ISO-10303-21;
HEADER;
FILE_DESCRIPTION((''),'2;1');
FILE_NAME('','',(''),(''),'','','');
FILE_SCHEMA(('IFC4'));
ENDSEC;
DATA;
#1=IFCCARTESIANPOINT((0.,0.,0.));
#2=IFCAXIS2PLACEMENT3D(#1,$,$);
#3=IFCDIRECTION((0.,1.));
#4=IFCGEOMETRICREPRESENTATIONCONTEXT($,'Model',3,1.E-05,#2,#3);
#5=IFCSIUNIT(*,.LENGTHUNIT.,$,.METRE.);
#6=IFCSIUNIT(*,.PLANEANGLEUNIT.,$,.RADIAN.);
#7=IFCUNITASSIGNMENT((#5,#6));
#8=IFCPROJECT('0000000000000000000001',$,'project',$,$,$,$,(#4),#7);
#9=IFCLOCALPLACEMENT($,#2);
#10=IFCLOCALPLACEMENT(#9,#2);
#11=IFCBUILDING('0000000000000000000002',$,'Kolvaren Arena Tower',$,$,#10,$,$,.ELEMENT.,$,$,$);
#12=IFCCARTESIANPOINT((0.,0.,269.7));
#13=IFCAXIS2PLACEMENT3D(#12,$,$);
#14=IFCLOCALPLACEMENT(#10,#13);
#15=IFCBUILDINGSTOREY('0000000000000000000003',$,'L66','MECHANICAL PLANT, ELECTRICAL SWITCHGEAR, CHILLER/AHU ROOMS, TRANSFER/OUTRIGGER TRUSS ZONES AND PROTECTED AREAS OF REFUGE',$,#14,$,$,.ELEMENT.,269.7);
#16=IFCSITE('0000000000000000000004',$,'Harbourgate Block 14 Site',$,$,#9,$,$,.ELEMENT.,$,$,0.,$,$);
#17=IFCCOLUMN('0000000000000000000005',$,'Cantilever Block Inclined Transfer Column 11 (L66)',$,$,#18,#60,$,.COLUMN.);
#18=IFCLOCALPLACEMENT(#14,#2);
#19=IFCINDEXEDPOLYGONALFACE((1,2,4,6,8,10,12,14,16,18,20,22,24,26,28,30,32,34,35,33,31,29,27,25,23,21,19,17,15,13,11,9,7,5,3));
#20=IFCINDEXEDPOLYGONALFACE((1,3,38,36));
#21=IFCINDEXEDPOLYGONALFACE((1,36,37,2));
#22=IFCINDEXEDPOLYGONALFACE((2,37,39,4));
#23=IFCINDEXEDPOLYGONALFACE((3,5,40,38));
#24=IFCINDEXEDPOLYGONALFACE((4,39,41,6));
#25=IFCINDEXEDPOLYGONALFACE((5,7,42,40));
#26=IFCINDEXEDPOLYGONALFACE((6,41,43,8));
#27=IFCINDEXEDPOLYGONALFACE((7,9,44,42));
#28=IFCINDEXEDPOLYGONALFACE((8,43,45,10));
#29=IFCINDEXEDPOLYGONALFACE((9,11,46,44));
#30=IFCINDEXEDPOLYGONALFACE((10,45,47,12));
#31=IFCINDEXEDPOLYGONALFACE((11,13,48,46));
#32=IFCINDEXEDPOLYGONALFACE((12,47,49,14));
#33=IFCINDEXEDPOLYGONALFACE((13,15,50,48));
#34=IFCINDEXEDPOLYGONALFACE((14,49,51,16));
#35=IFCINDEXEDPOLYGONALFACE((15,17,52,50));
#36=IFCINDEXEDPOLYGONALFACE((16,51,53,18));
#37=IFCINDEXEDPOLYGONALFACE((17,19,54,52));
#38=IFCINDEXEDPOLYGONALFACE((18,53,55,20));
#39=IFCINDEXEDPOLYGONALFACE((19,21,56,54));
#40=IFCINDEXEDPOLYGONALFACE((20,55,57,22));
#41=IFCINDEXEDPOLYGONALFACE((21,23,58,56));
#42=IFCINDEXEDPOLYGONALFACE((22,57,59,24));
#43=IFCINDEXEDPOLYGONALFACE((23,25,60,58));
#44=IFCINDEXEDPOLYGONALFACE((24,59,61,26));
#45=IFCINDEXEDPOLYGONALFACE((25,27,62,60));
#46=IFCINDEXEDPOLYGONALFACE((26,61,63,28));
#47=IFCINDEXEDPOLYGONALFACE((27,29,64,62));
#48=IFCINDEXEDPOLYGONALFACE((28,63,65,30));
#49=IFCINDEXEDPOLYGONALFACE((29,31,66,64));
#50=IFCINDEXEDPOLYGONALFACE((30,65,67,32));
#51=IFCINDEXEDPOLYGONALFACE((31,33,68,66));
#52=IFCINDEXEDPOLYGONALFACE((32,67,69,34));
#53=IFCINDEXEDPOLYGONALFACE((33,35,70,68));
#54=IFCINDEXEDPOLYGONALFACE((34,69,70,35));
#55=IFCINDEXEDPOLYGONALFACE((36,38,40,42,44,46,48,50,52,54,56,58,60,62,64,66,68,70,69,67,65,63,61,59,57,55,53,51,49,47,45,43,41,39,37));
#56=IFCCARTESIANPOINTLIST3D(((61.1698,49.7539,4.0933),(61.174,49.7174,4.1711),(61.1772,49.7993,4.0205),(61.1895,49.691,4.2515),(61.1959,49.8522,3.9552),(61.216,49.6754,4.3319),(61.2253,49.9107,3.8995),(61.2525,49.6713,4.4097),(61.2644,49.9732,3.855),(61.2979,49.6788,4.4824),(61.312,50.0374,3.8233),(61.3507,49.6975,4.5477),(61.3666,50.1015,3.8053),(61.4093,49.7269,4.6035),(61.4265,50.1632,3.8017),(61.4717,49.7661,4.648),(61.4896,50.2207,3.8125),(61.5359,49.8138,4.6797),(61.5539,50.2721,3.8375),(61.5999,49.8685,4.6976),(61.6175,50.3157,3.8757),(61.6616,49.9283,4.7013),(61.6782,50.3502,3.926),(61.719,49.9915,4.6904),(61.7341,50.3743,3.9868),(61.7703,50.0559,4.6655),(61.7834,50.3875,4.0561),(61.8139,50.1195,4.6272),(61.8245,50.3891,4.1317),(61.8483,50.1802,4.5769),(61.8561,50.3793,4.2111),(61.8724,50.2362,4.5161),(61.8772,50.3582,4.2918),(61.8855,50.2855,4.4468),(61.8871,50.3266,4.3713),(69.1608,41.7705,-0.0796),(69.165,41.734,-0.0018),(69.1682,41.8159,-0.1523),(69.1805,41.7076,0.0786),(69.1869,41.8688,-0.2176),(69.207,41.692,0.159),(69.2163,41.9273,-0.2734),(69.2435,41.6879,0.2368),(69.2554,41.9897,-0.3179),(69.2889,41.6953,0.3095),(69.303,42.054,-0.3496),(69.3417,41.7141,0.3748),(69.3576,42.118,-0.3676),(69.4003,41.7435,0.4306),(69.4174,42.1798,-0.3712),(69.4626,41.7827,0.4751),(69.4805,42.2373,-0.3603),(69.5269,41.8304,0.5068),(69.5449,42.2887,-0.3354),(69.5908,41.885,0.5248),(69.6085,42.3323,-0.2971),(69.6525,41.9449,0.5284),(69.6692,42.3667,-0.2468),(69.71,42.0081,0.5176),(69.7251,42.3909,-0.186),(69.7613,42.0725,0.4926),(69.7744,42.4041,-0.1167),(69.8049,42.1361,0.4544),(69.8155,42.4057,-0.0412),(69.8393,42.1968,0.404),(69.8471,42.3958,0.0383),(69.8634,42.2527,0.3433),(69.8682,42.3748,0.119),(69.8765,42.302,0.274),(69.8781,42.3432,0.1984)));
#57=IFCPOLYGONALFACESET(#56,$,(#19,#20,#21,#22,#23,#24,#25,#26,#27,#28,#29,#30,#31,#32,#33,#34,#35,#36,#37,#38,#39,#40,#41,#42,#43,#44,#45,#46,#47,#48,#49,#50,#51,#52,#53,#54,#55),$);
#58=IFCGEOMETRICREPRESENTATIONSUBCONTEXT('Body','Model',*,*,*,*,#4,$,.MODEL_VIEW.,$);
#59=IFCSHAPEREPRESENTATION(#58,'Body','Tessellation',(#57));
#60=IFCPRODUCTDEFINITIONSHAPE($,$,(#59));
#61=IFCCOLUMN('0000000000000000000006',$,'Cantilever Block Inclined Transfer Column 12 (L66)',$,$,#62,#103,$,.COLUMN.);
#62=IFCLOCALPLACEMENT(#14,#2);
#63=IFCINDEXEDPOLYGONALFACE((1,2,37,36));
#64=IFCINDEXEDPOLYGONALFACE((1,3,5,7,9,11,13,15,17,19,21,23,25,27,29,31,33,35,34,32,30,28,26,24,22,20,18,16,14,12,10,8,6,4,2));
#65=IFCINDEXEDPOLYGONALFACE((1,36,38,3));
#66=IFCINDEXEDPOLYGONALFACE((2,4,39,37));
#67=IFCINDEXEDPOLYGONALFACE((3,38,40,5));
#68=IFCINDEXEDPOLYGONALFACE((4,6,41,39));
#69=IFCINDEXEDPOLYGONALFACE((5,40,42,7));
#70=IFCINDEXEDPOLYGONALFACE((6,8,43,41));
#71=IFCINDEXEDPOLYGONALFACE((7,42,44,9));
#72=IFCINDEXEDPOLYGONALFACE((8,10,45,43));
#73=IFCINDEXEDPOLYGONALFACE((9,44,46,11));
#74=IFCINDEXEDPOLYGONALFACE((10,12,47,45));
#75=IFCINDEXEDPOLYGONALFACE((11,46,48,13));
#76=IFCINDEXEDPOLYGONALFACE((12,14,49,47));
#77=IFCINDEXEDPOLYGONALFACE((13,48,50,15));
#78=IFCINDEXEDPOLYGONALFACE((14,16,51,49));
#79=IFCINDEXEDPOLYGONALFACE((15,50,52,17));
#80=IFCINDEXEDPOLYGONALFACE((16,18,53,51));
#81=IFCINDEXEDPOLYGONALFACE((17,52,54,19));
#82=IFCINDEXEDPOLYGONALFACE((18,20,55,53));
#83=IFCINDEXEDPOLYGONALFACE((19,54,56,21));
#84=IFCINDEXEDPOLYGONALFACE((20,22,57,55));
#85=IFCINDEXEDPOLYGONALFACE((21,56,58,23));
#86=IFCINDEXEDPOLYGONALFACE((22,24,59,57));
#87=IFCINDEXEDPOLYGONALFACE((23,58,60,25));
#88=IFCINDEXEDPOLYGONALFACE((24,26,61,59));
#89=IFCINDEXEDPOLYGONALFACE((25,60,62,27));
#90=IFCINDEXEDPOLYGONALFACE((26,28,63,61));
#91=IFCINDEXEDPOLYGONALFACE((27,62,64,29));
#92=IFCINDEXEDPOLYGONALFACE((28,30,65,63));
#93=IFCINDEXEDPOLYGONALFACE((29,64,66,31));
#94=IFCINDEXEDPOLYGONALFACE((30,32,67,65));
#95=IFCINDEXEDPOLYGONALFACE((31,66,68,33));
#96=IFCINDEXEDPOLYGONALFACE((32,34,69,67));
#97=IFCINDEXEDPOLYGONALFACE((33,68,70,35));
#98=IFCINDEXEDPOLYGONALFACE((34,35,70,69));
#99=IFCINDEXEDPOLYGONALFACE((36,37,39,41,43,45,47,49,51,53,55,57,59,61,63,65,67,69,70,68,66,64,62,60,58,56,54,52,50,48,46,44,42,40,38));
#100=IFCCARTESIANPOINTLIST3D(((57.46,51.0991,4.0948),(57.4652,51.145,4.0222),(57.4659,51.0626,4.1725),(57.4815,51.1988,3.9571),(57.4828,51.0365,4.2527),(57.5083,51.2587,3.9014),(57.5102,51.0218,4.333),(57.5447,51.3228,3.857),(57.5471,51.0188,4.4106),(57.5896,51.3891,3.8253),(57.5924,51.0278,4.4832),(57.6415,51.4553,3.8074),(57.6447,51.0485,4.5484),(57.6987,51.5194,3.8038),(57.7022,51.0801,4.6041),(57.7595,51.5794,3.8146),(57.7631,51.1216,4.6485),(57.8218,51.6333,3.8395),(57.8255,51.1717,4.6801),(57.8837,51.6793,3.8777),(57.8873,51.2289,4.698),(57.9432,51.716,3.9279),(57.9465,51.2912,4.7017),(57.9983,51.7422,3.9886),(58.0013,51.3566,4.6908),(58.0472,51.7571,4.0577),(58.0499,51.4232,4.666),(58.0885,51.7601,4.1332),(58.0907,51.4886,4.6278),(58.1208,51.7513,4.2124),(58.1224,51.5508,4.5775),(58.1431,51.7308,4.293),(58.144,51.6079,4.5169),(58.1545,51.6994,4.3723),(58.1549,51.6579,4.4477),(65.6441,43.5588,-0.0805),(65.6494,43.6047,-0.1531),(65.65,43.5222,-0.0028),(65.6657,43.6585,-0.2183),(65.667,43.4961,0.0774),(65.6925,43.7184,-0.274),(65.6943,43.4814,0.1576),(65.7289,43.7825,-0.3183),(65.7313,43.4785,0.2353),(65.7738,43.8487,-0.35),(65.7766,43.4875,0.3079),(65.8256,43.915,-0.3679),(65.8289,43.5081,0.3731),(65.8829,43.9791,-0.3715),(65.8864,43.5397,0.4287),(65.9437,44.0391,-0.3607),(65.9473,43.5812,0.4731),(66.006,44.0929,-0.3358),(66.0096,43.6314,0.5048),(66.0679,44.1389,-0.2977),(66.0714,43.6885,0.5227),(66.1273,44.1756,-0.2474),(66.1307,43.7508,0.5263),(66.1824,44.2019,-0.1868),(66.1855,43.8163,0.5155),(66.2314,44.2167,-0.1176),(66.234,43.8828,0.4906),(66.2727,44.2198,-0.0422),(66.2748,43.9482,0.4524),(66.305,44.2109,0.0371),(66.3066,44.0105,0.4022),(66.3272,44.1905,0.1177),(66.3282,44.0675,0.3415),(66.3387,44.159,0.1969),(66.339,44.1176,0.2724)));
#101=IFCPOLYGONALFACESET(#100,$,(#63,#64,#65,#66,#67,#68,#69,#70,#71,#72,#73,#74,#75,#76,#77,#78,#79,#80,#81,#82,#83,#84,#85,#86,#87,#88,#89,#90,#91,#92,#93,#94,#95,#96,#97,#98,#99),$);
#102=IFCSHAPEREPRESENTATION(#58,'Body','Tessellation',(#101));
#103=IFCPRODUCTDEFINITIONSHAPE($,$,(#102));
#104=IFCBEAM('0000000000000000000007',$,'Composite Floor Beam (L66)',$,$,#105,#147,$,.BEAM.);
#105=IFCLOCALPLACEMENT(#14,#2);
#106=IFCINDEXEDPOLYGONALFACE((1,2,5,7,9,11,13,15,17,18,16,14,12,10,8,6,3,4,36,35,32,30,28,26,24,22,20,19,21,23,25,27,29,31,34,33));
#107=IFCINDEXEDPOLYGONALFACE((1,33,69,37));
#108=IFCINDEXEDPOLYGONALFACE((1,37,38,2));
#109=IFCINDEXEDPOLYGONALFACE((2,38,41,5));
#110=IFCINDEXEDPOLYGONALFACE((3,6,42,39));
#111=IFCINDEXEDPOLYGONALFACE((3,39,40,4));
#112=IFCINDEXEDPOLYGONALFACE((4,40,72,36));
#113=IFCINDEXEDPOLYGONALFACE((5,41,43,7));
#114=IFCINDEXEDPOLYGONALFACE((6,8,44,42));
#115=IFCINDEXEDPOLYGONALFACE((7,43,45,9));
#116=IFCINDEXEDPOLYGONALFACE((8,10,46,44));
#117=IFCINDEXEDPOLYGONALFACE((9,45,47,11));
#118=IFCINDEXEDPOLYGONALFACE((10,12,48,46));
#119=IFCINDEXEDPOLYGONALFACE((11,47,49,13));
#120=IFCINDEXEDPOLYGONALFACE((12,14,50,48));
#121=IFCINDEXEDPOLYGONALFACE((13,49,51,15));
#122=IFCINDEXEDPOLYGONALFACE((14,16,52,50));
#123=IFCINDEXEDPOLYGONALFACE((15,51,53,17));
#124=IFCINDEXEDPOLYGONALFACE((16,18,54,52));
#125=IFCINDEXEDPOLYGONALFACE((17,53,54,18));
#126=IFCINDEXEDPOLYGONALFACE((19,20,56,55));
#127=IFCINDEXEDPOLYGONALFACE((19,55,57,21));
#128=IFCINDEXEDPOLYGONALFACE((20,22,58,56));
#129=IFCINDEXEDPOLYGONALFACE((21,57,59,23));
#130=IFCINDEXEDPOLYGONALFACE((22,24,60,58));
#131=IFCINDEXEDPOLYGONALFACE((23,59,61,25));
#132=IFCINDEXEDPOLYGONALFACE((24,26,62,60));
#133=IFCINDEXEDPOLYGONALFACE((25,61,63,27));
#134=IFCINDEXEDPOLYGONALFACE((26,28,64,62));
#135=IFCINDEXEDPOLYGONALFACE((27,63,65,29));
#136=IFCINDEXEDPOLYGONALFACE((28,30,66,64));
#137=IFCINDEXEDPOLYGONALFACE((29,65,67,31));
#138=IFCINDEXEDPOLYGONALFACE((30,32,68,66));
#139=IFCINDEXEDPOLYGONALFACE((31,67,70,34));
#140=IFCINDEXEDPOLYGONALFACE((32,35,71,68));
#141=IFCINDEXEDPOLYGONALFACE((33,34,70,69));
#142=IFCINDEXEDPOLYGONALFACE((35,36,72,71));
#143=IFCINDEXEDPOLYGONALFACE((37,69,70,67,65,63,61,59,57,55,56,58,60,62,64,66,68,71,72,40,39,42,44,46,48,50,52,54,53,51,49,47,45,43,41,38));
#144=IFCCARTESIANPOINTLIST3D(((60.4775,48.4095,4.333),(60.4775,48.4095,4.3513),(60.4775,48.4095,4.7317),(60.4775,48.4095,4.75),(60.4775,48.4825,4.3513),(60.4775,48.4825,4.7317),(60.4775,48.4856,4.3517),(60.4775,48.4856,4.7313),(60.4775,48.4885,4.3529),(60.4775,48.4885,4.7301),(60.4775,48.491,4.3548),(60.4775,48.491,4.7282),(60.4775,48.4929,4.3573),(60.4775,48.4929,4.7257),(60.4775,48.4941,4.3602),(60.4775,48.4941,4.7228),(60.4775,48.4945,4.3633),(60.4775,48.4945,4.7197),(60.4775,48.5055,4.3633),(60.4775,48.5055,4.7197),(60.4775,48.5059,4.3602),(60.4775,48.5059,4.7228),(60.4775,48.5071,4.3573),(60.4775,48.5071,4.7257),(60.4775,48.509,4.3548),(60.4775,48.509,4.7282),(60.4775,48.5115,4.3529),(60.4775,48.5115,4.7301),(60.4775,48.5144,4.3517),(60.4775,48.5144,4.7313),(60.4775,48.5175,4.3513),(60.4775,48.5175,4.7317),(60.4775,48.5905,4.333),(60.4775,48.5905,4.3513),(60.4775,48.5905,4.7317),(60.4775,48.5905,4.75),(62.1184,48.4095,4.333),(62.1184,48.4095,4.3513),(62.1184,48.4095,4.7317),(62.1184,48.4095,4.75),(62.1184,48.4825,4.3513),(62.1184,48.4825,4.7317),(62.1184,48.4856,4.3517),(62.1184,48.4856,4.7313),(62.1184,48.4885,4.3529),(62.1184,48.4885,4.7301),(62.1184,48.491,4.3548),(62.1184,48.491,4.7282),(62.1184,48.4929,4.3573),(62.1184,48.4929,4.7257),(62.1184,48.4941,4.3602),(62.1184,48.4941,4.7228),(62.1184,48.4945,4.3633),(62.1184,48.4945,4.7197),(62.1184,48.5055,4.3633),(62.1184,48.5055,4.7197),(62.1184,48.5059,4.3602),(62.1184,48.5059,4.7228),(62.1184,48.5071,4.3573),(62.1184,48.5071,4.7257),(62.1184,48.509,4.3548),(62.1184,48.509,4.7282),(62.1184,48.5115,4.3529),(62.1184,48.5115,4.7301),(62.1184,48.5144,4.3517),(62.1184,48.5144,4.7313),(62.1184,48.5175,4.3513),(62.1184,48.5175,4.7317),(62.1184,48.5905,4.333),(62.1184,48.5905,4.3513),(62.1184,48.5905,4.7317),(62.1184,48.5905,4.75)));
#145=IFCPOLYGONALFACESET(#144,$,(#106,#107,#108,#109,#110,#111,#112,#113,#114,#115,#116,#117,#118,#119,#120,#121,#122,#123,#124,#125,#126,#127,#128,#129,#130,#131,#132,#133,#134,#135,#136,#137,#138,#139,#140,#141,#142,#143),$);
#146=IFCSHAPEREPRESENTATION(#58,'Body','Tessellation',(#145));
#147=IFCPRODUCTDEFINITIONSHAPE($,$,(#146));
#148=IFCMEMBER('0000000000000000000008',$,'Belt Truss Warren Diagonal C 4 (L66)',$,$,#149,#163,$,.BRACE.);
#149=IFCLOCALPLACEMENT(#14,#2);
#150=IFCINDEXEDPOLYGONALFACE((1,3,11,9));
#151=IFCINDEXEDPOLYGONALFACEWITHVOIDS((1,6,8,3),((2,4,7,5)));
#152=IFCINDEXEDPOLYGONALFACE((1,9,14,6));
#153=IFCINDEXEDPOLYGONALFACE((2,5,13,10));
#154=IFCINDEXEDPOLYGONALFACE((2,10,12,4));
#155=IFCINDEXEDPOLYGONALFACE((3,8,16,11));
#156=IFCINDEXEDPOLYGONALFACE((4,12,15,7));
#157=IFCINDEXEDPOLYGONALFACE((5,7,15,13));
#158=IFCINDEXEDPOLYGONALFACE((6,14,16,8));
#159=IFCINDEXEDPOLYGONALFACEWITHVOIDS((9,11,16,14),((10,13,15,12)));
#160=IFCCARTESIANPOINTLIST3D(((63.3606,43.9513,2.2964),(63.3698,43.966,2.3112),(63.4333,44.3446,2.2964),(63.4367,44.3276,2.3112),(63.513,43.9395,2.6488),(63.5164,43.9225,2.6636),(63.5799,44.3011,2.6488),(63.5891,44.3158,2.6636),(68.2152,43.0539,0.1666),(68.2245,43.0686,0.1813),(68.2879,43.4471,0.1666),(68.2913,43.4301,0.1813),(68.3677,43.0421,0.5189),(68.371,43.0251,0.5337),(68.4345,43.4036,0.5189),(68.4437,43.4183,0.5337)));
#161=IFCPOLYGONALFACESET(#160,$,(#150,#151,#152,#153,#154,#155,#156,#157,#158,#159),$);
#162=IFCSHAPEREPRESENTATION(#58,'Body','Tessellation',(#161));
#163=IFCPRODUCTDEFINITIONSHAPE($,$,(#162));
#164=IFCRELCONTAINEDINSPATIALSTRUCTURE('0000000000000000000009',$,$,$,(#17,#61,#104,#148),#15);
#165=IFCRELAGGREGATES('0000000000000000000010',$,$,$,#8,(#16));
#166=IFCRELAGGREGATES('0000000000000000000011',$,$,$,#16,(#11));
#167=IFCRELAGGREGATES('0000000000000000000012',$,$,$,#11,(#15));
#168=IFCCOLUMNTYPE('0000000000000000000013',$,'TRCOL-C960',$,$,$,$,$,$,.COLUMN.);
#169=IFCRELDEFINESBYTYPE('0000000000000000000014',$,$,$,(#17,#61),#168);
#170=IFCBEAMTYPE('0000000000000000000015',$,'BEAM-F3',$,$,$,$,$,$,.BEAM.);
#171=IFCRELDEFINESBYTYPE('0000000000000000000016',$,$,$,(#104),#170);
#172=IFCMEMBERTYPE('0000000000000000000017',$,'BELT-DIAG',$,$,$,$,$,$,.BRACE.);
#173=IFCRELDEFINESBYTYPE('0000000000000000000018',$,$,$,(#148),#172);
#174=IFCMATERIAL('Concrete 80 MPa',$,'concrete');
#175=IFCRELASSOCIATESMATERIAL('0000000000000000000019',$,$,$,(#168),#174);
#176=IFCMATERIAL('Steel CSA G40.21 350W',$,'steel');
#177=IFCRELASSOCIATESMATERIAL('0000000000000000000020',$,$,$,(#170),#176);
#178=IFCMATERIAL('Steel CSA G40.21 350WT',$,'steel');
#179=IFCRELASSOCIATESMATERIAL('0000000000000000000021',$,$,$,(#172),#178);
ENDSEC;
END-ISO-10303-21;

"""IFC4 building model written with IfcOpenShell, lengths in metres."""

from ifc_helpers import new_model, si_unit, direction, frame, origin, origin_2d, place, context, subcontext, project, spatial, hollow_rectangle, circle, i_section, extrude, material, material_profile, profile_set, type_object, element, save


model = new_model("IFC4")

# Units and contexts
model_context = context("Model", 3, precision=1e-05, world=origin(), true_north=direction((0.0, 1.0)))
body_context = subcontext(model_context, "Body", "Model", "MODEL_VIEW")
ifc_project = project(units=[si_unit("LENGTHUNIT", "METRE"), si_unit("PLANEANGLEUNIT", "RADIAN")], contexts=[model_context])

# Site, building, storey
site_placement = place(None, origin())
site = spatial("IfcSite", under=ifc_project, at=site_placement, Name="Harbourgate Block 14 Site", CompositionType="ELEMENT", RefElevation=0.0)
building_placement = place(site_placement, origin())
building = spatial("IfcBuilding", under=site, at=building_placement, Name="Kolvaren Arena Tower", CompositionType="ELEMENT")
storey_placement = place(building_placement, frame((0.0, 0.0, 269.7)))
storey = spatial("IfcBuildingStorey", under=building, at=storey_placement, Name="L66", Description="MECHANICAL PLANT, ELECTRICAL SWITCHGEAR, CHILLER/AHU ROOMS, TRANSFER/OUTRIGGER TRUSS ZONES AND PROTECTED AREAS OF REFUGE", CompositionType="ELEMENT", Elevation=269.7)

# Columns
ifc_material_1 = material(Name="Concrete 80 MPa", Category="concrete")
ifc_material_profile_1 = material_profile(ifc_material_1, circle(Radius=0.48, at=origin_2d()), Name="RC-CIRC-960")
ifc_profile_set_1 = profile_set([ifc_material_profile_1], Name="Concrete 80 MPa")
column_type = type_object("IfcColumnType", Name="TRCOL-C960", PredefinedType="COLUMN", material=ifc_profile_set_1)
column_1_placement = place(storey_placement, frame((69.5198, 42.0471, 0.0786), z_axis=(-0.663607, 0.662979, 0.346533), x_axis=(-0.706772, -0.707442, 0.0)))
element("IfcColumn", 1, at=column_1_placement, inside=storey, type_object=column_type, Name="Cantilever Block Inclined Transfer Column 11 (L66)", PredefinedType="COLUMN", context=body_context, shape_type="SweptSolid", body=[
    extrude(circle(Radius=0.48, at=origin_2d()), origin(), (0.0, 0.0, 1.0), 12.0417),
])
column_2_placement = place(storey_placement, frame((65.9922, 43.8491, 0.0774), z_axis=(-0.68857, 0.634403, 0.351289), x_axis=(-0.677588, -0.735442, 0.0)))
element("IfcColumn", 2, at=column_2_placement, inside=storey, type_object=column_type, Name="Cantilever Block Inclined Transfer Column 12 (L66)", PredefinedType="COLUMN", context=body_context, shape_type="SweptSolid", body=[
    extrude(circle(Radius=0.48, at=origin_2d()), origin(), (0.0, 0.0, 1.0), 11.8857),
])

# Beam
ifc_material_2 = material(Name="Steel CSA G40.21 350W", Category="steel")
ifc_material_profile_2 = material_profile(ifc_material_2, i_section(OverallWidth=0.1809, OverallDepth=0.417, WebThickness=0.011, FlangeThickness=0.0183, FilletRadius=0.012, at=origin_2d()), Name="W410x85")
ifc_profile_set_2 = profile_set([ifc_material_profile_2], Name="Steel CSA G40.21 350W")
beam_type_1 = type_object("IfcBeamType", Name="BEAM-F3", PredefinedType="BEAM", material=ifc_profile_set_2)
beam_1_placement = place(storey_placement, frame((60.4775, 48.5, 4.5415), z_axis=(1.0, 0.0, 0.0), x_axis=(0.0, 1.0, 0.0)))
element("IfcBeam", 3, at=beam_1_placement, inside=storey, type_object=beam_type_1, Name="Composite Floor Beam (L66)", PredefinedType="BEAM", context=body_context, shape_type="SweptSolid", body=[
    extrude(i_section(OverallWidth=0.1809, OverallDepth=0.417, WebThickness=0.011, FlangeThickness=0.0183, FilletRadius=0.012, at=origin_2d()), origin(), (0.0, 0.0, 1.0), 1.6409),
])

# Member
ifc_material_3 = material(Name="Steel CSA G40.21 350WT", Category="steel")
ifc_material_profile_3 = material_profile(ifc_material_3, hollow_rectangle(XDim=0.3999, YDim=0.3999, WallThickness=0.0161, at=origin_2d()), Name="HSS 400x400x16")
ifc_profile_set_3 = profile_set([ifc_material_profile_3], Name="Steel CSA G40.21 350WT")
member_type_1 = type_object("IfcMemberType", Name="BELT-DIAG", PredefinedType="BRACE", material=ifc_profile_set_3)
member_1_placement = place(storey_placement, frame((63.4749, 44.1335, 2.48), z_axis=(0.902899, -0.166913, -0.396122), x_axis=(0.181783, 0.983339, 0.0)))
element("IfcMember", 4, at=member_1_placement, inside=storey, type_object=member_type_1, Name="Belt Truss Warren Diagonal C 4 (L66)", PredefinedType="BRACE", context=body_context, shape_type="SweptSolid", body=[
    extrude(hollow_rectangle(XDim=0.3999, YDim=0.3999, WallThickness=0.0161, at=origin_2d()), origin(), (0.0, 0.0, 1.0), 5.3767),
])

save(model, "model.ifc")
